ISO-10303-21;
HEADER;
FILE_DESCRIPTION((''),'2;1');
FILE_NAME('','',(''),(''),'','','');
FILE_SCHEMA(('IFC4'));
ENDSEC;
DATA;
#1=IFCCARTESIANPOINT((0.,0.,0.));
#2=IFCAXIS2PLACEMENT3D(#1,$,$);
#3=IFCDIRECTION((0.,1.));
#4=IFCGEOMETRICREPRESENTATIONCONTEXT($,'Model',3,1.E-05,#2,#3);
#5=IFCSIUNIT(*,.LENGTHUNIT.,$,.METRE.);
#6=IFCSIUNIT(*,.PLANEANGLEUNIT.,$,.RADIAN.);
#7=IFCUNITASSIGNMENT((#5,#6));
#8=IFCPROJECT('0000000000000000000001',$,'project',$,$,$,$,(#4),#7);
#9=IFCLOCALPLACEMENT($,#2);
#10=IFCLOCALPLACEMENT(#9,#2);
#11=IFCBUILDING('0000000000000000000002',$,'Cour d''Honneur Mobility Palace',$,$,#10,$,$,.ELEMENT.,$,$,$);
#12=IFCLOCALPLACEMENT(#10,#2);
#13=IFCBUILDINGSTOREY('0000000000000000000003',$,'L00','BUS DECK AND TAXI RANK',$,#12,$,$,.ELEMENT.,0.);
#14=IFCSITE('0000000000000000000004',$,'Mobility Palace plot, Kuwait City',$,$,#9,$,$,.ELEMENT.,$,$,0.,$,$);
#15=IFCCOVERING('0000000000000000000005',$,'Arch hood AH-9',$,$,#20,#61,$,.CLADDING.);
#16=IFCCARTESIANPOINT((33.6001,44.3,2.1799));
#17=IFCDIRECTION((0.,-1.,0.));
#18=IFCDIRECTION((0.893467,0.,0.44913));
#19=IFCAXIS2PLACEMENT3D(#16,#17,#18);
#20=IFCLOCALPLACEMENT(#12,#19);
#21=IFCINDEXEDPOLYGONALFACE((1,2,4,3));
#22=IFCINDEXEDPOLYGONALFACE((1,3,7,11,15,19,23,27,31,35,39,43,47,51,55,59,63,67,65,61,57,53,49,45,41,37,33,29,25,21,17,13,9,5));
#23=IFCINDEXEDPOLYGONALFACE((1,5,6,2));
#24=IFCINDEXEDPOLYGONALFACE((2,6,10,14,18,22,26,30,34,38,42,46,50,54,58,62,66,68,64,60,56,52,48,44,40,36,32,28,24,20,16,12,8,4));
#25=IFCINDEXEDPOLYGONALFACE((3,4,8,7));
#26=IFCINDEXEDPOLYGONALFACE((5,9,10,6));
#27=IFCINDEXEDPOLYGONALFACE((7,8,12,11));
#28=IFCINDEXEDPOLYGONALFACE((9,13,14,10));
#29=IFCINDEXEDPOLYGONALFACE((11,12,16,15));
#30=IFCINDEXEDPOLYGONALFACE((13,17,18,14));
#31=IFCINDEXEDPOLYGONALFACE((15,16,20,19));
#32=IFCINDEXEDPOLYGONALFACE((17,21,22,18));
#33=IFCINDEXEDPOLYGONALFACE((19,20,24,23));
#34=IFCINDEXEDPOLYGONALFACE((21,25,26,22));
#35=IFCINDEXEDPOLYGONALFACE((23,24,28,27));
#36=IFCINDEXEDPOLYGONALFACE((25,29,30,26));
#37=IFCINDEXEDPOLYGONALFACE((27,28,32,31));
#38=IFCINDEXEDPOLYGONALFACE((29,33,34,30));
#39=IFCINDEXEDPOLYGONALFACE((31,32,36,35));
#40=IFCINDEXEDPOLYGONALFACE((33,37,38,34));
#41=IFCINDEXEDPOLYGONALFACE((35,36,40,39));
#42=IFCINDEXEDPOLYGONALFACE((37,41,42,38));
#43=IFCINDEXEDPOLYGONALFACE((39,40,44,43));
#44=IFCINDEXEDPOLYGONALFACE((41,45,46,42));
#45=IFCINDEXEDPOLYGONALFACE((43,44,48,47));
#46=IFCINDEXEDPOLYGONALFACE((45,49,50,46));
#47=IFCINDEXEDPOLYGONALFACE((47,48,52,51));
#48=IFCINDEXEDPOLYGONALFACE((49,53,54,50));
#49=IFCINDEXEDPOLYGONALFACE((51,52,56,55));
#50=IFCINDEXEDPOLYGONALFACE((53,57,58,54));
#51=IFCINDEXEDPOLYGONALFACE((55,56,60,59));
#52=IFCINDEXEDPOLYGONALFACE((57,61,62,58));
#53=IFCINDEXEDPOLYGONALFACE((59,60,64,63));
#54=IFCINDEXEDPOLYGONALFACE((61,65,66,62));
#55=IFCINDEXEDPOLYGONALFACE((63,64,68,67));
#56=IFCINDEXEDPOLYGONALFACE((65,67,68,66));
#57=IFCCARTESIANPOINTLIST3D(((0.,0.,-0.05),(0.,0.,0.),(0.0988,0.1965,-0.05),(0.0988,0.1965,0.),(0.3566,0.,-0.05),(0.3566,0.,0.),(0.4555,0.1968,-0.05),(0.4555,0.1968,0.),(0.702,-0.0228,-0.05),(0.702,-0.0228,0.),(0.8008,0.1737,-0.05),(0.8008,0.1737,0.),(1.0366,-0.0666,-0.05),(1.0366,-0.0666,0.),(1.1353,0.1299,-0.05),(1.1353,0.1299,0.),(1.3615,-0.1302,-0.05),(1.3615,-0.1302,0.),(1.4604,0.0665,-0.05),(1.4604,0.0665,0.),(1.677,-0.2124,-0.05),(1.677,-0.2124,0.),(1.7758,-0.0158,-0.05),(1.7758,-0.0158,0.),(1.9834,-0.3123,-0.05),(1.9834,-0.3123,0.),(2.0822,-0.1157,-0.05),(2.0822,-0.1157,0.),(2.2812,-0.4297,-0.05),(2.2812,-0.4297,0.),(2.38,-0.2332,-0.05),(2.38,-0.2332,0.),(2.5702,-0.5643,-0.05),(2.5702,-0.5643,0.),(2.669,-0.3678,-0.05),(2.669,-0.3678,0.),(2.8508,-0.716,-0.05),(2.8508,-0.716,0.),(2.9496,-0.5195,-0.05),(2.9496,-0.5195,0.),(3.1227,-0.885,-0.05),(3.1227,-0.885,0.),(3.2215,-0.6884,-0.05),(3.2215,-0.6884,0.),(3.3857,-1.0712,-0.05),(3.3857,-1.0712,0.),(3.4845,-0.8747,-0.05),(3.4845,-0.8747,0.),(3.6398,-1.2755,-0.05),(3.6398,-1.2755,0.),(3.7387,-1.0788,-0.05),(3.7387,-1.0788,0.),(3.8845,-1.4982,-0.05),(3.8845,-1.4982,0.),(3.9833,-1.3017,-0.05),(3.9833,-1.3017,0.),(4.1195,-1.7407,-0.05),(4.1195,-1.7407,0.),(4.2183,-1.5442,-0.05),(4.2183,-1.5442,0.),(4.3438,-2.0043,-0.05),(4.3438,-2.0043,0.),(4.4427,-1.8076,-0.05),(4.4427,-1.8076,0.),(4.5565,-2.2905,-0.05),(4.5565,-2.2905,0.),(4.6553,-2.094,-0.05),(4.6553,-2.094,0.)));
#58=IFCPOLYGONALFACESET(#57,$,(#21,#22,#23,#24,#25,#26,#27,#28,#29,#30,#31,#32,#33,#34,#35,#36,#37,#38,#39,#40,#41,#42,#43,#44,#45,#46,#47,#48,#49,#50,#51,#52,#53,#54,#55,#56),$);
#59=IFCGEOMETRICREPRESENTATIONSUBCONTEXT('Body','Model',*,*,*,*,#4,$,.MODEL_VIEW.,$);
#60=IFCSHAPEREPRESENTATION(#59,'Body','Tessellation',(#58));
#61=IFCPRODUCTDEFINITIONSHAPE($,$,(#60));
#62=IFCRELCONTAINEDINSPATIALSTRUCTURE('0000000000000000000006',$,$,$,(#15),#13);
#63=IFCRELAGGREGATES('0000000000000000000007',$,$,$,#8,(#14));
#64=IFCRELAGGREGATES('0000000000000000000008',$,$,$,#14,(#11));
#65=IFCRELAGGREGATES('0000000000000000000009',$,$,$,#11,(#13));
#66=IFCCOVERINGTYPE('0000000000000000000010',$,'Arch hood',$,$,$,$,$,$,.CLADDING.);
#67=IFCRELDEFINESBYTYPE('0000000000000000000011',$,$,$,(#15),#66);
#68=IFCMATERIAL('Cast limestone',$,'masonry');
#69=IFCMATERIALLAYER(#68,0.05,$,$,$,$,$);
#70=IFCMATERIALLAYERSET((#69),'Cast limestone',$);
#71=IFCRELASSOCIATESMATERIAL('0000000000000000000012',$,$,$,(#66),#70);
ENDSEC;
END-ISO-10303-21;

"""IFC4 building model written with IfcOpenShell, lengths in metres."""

from ifc_helpers import new_model, si_unit, direction, frame, origin, place, context, subcontext, project, spatial, polyline, outline, extrude, material, layer, layer_set, type_object, element, save


model = new_model("IFC4")

# Units and contexts
model_context = context("Model", 3, precision=1e-05, world=origin(), true_north=direction((0.0, 1.0)))
body_context = subcontext(model_context, "Body", "Model", "MODEL_VIEW")
ifc_project = project(units=[si_unit("LENGTHUNIT", "METRE"), si_unit("PLANEANGLEUNIT", "RADIAN")], contexts=[model_context])

# Site, building, storey
site_placement = place(None, origin())
site = spatial("IfcSite", under=ifc_project, at=site_placement, Name="Mobility Palace plot, Kuwait City", CompositionType="ELEMENT", RefElevation=0.0)
building_placement = place(site_placement, origin())
building = spatial("IfcBuilding", under=site, at=building_placement, Name="Cour d'Honneur Mobility Palace", CompositionType="ELEMENT")
storey_placement = place(building_placement, origin())
storey = spatial("IfcBuildingStorey", under=building, at=storey_placement, Name="L00", Description="BUS DECK AND TAXI RANK", CompositionType="ELEMENT", Elevation=0.0)

# Covering
ifc_material_1 = material(Name="Cast limestone", Category="masonry")
ifc_layer_1 = layer(ifc_material_1, 0.05)
ifc_layer_set_1 = layer_set([ifc_layer_1], Name="Cast limestone")
covering_type_1 = type_object("IfcCoveringType", Name="Arch hood", PredefinedType="CLADDING", material=ifc_layer_set_1)
covering_placement = place(storey_placement, frame((33.6001, 44.3, 2.1799), z_axis=(0.0, -1.0, 0.0), x_axis=(0.893467, 0.0, 0.44913)))
element("IfcCovering", 1, at=covering_placement, inside=storey, type_object=covering_type_1, Name="Arch hood AH-9", PredefinedType="CLADDING", context=body_context, shape_type="SweptSolid", body=[
    extrude(outline(polyline([(0.0, 0.0), (0.3566, 0.0), (0.702, -0.0228), (1.0366, -0.0666), (1.3615, -0.1302), (1.677, -0.2124), (1.9834, -0.3123), (2.2812, -0.4297), (2.5702, -0.5643), (2.8508, -0.716), (3.1227, -0.885), (3.3857, -1.0712), (3.6398, -1.2755), (3.8845, -1.4982), (4.1195, -1.7407), (4.3438, -2.0043), (4.5565, -2.2905), (4.6553, -2.094), (4.4427, -1.8076), (4.2183, -1.5442), (3.9833, -1.3017), (3.7387, -1.0788), (3.4845, -0.8747), (3.2215, -0.6884), (2.9496, -0.5195), (2.669, -0.3678), (2.38, -0.2332), (2.0822, -0.1157), (1.7758, -0.0158), (1.4604, 0.0665), (1.1353, 0.1299), (0.8008, 0.1737), (0.4555, 0.1968), (0.0988, 0.1965), (0.0, 0.0)])), origin(), (0.0, 0.0, -1.0), 0.05),
])

save(model, "model.ifc")
